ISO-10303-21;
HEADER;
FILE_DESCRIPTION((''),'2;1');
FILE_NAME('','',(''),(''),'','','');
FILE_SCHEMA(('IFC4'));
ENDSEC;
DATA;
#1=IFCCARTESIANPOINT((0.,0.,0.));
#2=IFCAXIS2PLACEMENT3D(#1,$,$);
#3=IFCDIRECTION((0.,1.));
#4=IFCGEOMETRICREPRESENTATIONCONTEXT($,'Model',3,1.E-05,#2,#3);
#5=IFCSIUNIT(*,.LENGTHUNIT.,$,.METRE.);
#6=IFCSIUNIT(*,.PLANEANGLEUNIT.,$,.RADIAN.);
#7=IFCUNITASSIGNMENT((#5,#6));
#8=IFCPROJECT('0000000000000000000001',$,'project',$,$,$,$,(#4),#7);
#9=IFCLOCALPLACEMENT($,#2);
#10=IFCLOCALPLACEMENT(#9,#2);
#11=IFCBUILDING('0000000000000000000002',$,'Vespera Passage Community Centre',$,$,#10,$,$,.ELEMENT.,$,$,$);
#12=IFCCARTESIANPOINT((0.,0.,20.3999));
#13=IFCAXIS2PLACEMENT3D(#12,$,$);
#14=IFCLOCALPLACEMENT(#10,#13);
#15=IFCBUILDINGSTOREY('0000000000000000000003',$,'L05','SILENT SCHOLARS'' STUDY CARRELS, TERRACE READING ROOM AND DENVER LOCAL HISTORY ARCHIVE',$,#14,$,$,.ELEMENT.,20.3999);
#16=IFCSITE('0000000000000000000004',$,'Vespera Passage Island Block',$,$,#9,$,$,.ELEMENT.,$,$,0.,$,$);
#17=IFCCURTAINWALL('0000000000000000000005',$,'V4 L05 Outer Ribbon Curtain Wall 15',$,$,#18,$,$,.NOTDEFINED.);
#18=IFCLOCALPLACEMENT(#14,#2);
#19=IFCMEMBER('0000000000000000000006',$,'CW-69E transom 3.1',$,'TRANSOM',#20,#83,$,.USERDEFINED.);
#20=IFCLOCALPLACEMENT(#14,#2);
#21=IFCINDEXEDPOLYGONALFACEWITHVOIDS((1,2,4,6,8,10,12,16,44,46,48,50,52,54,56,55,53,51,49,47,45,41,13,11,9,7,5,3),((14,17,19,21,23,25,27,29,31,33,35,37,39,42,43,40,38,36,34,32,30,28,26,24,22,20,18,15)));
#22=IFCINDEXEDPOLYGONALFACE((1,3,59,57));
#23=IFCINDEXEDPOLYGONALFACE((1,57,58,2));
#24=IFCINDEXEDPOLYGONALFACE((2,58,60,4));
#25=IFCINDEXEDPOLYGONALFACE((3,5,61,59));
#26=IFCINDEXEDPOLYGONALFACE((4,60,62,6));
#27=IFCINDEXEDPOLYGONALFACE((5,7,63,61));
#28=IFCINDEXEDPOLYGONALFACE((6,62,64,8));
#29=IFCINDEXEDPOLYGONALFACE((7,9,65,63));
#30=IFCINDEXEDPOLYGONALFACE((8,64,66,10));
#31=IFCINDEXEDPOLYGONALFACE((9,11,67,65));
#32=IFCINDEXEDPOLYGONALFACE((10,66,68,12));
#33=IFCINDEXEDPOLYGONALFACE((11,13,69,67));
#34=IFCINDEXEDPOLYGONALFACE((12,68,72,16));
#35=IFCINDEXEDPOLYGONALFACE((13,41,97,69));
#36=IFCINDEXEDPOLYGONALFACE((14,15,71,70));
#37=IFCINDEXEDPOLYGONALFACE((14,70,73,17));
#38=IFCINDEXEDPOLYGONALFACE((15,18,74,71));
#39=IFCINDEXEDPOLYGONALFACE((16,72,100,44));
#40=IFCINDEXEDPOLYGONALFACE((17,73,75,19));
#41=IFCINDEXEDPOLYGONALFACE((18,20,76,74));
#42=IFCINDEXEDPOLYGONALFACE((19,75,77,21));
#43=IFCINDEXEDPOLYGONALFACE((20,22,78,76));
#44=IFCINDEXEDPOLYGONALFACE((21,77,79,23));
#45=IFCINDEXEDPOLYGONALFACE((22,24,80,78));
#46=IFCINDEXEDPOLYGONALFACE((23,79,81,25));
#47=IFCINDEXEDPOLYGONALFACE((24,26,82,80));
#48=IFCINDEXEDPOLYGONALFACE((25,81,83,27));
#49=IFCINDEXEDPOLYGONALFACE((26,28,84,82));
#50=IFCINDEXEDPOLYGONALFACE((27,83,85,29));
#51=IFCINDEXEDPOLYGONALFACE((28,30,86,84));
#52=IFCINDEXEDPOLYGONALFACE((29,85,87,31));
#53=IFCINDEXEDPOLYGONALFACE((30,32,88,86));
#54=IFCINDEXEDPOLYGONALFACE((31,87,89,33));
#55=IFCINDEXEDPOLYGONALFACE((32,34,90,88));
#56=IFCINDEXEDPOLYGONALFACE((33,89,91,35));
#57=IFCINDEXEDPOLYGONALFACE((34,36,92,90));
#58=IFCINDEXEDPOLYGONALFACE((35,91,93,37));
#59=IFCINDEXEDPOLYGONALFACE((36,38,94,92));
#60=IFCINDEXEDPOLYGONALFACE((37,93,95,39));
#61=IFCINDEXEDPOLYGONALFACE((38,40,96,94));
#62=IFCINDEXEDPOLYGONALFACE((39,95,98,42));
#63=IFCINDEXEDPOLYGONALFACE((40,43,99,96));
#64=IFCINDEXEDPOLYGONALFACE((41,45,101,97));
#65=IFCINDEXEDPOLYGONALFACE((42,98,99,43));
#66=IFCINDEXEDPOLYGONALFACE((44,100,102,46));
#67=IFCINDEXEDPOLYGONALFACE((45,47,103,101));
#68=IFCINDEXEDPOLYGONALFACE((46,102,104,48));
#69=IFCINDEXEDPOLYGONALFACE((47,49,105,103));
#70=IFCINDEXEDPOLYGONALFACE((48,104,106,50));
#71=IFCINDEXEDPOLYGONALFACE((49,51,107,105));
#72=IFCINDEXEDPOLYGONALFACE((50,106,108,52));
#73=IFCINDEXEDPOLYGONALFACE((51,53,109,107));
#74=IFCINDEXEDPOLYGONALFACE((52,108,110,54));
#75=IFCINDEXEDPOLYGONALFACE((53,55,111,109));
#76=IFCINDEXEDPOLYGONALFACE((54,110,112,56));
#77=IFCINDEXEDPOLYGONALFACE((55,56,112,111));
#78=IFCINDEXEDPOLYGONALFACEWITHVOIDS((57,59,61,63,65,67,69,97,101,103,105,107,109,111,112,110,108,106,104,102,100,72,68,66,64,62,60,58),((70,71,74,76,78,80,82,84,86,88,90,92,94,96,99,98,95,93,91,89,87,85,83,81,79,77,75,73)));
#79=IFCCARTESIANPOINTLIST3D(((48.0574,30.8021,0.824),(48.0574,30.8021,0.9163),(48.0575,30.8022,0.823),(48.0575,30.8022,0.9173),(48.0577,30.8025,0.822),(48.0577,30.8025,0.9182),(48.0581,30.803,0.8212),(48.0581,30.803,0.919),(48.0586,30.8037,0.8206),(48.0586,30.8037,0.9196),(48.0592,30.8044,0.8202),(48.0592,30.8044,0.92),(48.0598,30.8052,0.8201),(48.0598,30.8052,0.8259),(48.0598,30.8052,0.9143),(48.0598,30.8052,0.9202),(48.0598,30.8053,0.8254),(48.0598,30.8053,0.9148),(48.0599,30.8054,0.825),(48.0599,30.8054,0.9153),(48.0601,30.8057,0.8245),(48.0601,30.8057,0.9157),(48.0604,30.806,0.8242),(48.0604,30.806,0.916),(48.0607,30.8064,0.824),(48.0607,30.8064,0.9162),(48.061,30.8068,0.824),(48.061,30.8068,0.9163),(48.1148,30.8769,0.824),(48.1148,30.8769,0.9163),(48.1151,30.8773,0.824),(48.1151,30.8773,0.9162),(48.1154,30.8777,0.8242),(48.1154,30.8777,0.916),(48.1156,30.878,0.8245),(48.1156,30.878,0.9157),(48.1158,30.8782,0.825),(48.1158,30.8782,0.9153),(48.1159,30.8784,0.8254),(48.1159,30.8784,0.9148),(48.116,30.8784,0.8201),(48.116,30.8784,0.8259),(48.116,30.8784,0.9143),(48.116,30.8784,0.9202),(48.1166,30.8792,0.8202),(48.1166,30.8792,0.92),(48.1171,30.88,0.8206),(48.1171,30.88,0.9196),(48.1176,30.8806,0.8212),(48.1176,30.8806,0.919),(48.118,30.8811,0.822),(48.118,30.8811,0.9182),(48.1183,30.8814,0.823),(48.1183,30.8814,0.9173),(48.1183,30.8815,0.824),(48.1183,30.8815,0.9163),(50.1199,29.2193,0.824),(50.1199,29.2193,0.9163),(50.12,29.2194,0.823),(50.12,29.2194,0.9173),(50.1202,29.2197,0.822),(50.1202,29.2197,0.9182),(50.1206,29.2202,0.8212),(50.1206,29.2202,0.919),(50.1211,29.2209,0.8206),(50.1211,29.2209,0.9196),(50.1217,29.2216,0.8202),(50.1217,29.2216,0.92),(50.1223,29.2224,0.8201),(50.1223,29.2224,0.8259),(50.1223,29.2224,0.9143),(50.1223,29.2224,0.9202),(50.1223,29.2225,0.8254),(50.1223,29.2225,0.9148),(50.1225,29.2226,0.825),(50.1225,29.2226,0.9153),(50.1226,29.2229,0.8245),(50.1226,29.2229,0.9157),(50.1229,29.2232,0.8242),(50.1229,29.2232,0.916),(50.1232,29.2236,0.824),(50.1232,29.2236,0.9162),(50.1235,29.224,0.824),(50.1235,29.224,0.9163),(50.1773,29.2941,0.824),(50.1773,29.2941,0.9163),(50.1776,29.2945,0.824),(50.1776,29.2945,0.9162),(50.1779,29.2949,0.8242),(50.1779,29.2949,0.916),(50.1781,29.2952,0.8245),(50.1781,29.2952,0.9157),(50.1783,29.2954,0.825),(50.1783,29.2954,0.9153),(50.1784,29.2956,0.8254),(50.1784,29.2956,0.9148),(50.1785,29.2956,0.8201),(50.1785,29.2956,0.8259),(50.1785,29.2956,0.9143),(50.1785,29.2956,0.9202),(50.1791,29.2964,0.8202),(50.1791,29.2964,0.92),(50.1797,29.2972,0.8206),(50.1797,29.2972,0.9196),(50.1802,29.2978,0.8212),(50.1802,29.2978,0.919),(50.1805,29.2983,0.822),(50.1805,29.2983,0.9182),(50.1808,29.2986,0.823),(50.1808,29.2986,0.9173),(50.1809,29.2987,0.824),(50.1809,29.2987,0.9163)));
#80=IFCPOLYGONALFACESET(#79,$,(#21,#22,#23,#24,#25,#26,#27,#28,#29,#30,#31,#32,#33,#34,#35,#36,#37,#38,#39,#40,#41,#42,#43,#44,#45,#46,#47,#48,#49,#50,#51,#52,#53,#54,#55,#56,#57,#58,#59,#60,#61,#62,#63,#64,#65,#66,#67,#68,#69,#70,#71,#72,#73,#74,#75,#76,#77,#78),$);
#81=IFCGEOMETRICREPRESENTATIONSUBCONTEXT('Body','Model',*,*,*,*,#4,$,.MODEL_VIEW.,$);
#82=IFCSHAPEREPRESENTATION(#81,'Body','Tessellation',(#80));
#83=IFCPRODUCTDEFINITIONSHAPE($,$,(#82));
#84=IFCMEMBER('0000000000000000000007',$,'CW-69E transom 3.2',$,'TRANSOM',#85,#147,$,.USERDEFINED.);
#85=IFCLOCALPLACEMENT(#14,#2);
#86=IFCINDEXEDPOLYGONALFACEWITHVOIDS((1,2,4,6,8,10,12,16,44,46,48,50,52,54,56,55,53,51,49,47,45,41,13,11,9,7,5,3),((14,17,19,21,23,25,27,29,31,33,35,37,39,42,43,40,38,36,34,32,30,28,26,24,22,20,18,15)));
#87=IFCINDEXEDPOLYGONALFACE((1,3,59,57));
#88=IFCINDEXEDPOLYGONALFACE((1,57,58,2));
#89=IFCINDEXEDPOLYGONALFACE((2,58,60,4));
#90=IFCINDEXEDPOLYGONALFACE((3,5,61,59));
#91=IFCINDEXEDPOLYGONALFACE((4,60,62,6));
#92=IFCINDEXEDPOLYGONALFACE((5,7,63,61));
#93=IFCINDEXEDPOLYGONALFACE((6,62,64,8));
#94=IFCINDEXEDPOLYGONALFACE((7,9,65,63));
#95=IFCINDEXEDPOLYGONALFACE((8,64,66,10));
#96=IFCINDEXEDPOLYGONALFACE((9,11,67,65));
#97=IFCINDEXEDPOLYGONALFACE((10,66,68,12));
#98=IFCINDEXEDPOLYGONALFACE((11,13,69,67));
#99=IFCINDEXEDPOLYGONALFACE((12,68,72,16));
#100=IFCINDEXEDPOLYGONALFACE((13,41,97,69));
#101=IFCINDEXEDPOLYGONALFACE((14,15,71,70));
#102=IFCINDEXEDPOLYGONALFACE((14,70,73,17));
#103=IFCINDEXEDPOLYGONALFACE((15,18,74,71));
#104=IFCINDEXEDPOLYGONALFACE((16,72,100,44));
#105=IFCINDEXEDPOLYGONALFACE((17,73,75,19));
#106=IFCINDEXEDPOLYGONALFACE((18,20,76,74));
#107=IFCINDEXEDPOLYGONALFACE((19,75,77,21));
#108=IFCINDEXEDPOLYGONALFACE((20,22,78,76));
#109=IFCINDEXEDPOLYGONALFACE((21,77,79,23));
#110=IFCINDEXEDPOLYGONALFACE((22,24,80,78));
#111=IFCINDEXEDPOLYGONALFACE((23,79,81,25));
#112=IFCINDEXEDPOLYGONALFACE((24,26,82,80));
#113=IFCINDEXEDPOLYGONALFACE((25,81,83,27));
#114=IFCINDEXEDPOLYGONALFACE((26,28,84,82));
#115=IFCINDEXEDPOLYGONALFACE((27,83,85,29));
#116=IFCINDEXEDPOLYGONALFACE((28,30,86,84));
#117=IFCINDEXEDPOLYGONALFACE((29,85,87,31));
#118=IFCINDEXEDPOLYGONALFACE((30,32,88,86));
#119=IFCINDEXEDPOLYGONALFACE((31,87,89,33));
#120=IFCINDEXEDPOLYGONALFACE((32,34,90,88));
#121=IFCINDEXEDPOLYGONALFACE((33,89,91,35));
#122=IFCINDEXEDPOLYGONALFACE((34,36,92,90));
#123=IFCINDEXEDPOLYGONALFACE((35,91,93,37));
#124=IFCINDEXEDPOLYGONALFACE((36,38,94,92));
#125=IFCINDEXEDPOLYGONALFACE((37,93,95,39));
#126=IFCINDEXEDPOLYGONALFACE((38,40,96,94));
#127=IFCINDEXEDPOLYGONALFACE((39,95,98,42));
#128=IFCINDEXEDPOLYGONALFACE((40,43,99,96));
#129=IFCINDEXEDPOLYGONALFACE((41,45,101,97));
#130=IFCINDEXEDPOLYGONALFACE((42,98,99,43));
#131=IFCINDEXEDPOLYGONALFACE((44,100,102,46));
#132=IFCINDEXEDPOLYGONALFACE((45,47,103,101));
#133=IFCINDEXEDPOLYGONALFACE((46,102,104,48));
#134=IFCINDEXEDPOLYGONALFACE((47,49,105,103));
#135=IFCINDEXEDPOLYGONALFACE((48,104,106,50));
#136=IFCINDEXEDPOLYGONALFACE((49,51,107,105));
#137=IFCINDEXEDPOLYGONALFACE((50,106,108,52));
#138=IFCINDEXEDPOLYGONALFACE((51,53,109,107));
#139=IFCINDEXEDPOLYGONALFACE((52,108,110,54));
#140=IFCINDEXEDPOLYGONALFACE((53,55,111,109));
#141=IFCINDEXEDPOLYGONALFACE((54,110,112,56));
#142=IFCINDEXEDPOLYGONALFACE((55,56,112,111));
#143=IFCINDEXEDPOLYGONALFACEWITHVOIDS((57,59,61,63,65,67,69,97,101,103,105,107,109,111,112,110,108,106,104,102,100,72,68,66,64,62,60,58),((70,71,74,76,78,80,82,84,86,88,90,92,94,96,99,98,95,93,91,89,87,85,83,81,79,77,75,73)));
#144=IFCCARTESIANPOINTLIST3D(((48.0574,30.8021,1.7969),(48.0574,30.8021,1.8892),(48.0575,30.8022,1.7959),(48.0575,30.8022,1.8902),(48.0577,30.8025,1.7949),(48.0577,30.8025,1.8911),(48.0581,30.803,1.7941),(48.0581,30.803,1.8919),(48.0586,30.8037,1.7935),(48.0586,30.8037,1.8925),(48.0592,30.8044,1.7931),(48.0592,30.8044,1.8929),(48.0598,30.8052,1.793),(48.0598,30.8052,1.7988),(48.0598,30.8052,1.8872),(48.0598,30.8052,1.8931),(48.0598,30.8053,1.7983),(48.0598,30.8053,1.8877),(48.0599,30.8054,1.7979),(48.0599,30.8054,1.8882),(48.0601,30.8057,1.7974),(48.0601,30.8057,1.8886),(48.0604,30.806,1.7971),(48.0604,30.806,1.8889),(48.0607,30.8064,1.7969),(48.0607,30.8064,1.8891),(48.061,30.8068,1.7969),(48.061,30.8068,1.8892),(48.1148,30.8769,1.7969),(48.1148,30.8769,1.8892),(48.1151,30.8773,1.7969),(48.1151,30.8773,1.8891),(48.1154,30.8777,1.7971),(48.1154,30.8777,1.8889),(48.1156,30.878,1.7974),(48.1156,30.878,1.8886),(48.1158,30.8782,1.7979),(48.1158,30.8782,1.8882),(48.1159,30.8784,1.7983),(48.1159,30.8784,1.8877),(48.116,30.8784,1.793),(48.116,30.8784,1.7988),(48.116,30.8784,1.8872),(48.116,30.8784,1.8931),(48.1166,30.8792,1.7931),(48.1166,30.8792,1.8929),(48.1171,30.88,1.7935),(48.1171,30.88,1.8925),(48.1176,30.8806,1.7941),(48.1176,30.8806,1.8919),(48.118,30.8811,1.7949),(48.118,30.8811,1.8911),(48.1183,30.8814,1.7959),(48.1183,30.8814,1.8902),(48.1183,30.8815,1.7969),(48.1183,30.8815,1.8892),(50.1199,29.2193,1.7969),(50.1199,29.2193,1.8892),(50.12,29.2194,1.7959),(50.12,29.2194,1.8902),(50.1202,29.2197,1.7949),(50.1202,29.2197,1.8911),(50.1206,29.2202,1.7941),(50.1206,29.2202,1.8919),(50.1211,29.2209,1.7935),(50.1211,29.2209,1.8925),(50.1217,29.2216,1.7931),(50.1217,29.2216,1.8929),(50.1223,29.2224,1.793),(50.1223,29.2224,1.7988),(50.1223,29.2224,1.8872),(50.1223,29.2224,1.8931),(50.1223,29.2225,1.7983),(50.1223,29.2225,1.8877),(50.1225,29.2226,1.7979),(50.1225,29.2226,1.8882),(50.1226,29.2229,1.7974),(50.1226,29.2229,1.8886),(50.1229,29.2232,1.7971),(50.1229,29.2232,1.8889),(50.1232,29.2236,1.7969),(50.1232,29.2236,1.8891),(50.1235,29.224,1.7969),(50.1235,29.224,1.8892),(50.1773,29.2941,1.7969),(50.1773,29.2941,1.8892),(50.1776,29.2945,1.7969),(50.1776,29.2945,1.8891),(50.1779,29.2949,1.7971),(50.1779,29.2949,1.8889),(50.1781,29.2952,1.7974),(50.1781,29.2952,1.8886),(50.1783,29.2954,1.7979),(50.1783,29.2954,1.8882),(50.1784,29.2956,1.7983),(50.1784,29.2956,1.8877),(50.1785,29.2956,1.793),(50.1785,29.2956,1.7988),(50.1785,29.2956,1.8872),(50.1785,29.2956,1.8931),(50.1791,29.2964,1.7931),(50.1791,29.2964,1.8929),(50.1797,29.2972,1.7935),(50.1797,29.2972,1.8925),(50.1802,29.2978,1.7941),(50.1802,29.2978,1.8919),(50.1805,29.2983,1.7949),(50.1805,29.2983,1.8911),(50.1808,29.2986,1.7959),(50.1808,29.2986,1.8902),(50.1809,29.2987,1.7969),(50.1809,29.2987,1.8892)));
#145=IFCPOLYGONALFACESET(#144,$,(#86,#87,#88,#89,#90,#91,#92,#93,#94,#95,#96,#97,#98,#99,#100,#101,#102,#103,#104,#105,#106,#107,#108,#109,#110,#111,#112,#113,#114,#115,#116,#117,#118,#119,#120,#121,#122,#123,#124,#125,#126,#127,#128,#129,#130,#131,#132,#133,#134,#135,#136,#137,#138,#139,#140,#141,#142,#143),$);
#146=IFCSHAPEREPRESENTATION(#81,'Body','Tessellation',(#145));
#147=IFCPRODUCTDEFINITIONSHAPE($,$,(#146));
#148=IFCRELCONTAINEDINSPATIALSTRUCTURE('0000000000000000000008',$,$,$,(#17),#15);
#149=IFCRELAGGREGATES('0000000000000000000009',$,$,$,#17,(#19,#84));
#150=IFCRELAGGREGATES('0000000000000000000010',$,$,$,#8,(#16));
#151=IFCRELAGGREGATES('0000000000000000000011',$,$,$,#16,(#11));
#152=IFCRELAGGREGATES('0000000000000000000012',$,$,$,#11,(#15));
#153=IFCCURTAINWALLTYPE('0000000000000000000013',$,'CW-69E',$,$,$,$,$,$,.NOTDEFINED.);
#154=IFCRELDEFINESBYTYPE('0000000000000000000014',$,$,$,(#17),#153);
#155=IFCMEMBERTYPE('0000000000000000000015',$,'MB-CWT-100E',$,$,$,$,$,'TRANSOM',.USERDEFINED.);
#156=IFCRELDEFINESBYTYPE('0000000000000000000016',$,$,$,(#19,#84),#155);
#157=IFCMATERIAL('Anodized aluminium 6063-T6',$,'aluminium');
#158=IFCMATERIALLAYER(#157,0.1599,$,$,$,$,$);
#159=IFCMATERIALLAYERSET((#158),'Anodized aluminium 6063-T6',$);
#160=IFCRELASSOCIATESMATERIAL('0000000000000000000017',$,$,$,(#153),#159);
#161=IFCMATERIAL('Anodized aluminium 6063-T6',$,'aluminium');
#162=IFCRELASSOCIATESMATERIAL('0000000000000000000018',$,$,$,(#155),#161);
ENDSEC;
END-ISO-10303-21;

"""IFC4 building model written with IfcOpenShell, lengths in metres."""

from ifc_helpers import new_model, si_unit, direction, frame, origin, origin_2d, place, context, subcontext, project, spatial, hollow_rectangle, extrude, material, layer, layer_set, material_profile, profile_set, type_object, element, aggregate, save


model = new_model("IFC4")

# Units and contexts
model_context = context("Model", 3, precision=1e-05, world=origin(), true_north=direction((0.0, 1.0)))
body_context = subcontext(model_context, "Body", "Model", "MODEL_VIEW")
ifc_project = project(units=[si_unit("LENGTHUNIT", "METRE"), si_unit("PLANEANGLEUNIT", "RADIAN")], contexts=[model_context])

# Site, building, storey
site_placement = place(None, origin())
site = spatial("IfcSite", under=ifc_project, at=site_placement, Name="Vespera Passage Island Block", CompositionType="ELEMENT", RefElevation=0.0)
building_placement = place(site_placement, origin())
building = spatial("IfcBuilding", under=site, at=building_placement, Name="Vespera Passage Community Centre", CompositionType="ELEMENT")
storey_placement = place(building_placement, frame((0.0, 0.0, 20.3999)))
storey = spatial("IfcBuildingStorey", under=building, at=storey_placement, Name="L05", Description="SILENT SCHOLARS' STUDY CARRELS, TERRACE READING ROOM AND DENVER LOCAL HISTORY ARCHIVE", CompositionType="ELEMENT", Elevation=20.3999)

# Curtain wall, members
ifc_material_1 = material(Name="Anodized aluminium 6063-T6", Category="aluminium")
ifc_layer_1 = layer(ifc_material_1, 0.1599)
ifc_layer_set_1 = layer_set([ifc_layer_1], Name="Anodized aluminium 6063-T6")
curtain_wall_type = type_object("IfcCurtainWallType", Name="CW-69E", PredefinedType="NOTDEFINED", material=ifc_layer_set_1)
curtain_wall_placement = place(storey_placement, origin())
curtain_wall = element("IfcCurtainWall", 1, at=curtain_wall_placement, inside=storey, type_object=curtain_wall_type, Name="V4 L05 Outer Ribbon Curtain Wall 15", PredefinedType="NOTDEFINED")
ifc_material_2 = material(Name="Anodized aluminium 6063-T6", Category="aluminium")
ifc_material_profile_1 = material_profile(ifc_material_2, hollow_rectangle(XDim=0.1001, YDim=0.1001, WallThickness=0.0039, InnerFilletRadius=0.002, OuterFilletRadius=0.0039, at=origin_2d()), Name="ALU100X100X4")
ifc_profile_set_1 = profile_set([ifc_material_profile_1], Name="Anodized aluminium 6063-T6")
member_type_1 = type_object("IfcMemberType", Name="MB-CWT-100E", ElementType="TRANSOM", PredefinedType="USERDEFINED", material=ifc_profile_set_1)
member_1_placement = place(storey_placement, frame((50.1504, 29.259, 0.8701), z_axis=(-0.793325, 0.608798, 0.0), x_axis=(-0.608798, -0.793325, 0.0)))
member_1 = element("IfcMember", 2, at=member_1_placement, type_object=member_type_1, Name="CW-69E transom 3.1", ObjectType="TRANSOM", PredefinedType="USERDEFINED", context=body_context, shape_type="SweptSolid", body=[
    extrude(hollow_rectangle(XDim=0.1001, YDim=0.1001, WallThickness=0.0039, InnerFilletRadius=0.002, OuterFilletRadius=0.0039, at=origin_2d()), origin(), (0.0, 0.0, 1.0), 2.5999),
])
member_2_placement = place(storey_placement, frame((50.1504, 29.259, 1.843), z_axis=(-0.793325, 0.608798, 0.0), x_axis=(-0.608798, -0.793325, 0.0)))
member_2 = element("IfcMember", 3, at=member_2_placement, type_object=member_type_1, Name="CW-69E transom 3.2", ObjectType="TRANSOM", PredefinedType="USERDEFINED", context=body_context, shape_type="SweptSolid", body=[
    extrude(hollow_rectangle(XDim=0.1001, YDim=0.1001, WallThickness=0.0039, InnerFilletRadius=0.002, OuterFilletRadius=0.0039, at=origin_2d()), origin(), (0.0, 0.0, 1.0), 2.5999),
])
aggregate(curtain_wall, [member_1, member_2])

save(model, "model.ifc")
